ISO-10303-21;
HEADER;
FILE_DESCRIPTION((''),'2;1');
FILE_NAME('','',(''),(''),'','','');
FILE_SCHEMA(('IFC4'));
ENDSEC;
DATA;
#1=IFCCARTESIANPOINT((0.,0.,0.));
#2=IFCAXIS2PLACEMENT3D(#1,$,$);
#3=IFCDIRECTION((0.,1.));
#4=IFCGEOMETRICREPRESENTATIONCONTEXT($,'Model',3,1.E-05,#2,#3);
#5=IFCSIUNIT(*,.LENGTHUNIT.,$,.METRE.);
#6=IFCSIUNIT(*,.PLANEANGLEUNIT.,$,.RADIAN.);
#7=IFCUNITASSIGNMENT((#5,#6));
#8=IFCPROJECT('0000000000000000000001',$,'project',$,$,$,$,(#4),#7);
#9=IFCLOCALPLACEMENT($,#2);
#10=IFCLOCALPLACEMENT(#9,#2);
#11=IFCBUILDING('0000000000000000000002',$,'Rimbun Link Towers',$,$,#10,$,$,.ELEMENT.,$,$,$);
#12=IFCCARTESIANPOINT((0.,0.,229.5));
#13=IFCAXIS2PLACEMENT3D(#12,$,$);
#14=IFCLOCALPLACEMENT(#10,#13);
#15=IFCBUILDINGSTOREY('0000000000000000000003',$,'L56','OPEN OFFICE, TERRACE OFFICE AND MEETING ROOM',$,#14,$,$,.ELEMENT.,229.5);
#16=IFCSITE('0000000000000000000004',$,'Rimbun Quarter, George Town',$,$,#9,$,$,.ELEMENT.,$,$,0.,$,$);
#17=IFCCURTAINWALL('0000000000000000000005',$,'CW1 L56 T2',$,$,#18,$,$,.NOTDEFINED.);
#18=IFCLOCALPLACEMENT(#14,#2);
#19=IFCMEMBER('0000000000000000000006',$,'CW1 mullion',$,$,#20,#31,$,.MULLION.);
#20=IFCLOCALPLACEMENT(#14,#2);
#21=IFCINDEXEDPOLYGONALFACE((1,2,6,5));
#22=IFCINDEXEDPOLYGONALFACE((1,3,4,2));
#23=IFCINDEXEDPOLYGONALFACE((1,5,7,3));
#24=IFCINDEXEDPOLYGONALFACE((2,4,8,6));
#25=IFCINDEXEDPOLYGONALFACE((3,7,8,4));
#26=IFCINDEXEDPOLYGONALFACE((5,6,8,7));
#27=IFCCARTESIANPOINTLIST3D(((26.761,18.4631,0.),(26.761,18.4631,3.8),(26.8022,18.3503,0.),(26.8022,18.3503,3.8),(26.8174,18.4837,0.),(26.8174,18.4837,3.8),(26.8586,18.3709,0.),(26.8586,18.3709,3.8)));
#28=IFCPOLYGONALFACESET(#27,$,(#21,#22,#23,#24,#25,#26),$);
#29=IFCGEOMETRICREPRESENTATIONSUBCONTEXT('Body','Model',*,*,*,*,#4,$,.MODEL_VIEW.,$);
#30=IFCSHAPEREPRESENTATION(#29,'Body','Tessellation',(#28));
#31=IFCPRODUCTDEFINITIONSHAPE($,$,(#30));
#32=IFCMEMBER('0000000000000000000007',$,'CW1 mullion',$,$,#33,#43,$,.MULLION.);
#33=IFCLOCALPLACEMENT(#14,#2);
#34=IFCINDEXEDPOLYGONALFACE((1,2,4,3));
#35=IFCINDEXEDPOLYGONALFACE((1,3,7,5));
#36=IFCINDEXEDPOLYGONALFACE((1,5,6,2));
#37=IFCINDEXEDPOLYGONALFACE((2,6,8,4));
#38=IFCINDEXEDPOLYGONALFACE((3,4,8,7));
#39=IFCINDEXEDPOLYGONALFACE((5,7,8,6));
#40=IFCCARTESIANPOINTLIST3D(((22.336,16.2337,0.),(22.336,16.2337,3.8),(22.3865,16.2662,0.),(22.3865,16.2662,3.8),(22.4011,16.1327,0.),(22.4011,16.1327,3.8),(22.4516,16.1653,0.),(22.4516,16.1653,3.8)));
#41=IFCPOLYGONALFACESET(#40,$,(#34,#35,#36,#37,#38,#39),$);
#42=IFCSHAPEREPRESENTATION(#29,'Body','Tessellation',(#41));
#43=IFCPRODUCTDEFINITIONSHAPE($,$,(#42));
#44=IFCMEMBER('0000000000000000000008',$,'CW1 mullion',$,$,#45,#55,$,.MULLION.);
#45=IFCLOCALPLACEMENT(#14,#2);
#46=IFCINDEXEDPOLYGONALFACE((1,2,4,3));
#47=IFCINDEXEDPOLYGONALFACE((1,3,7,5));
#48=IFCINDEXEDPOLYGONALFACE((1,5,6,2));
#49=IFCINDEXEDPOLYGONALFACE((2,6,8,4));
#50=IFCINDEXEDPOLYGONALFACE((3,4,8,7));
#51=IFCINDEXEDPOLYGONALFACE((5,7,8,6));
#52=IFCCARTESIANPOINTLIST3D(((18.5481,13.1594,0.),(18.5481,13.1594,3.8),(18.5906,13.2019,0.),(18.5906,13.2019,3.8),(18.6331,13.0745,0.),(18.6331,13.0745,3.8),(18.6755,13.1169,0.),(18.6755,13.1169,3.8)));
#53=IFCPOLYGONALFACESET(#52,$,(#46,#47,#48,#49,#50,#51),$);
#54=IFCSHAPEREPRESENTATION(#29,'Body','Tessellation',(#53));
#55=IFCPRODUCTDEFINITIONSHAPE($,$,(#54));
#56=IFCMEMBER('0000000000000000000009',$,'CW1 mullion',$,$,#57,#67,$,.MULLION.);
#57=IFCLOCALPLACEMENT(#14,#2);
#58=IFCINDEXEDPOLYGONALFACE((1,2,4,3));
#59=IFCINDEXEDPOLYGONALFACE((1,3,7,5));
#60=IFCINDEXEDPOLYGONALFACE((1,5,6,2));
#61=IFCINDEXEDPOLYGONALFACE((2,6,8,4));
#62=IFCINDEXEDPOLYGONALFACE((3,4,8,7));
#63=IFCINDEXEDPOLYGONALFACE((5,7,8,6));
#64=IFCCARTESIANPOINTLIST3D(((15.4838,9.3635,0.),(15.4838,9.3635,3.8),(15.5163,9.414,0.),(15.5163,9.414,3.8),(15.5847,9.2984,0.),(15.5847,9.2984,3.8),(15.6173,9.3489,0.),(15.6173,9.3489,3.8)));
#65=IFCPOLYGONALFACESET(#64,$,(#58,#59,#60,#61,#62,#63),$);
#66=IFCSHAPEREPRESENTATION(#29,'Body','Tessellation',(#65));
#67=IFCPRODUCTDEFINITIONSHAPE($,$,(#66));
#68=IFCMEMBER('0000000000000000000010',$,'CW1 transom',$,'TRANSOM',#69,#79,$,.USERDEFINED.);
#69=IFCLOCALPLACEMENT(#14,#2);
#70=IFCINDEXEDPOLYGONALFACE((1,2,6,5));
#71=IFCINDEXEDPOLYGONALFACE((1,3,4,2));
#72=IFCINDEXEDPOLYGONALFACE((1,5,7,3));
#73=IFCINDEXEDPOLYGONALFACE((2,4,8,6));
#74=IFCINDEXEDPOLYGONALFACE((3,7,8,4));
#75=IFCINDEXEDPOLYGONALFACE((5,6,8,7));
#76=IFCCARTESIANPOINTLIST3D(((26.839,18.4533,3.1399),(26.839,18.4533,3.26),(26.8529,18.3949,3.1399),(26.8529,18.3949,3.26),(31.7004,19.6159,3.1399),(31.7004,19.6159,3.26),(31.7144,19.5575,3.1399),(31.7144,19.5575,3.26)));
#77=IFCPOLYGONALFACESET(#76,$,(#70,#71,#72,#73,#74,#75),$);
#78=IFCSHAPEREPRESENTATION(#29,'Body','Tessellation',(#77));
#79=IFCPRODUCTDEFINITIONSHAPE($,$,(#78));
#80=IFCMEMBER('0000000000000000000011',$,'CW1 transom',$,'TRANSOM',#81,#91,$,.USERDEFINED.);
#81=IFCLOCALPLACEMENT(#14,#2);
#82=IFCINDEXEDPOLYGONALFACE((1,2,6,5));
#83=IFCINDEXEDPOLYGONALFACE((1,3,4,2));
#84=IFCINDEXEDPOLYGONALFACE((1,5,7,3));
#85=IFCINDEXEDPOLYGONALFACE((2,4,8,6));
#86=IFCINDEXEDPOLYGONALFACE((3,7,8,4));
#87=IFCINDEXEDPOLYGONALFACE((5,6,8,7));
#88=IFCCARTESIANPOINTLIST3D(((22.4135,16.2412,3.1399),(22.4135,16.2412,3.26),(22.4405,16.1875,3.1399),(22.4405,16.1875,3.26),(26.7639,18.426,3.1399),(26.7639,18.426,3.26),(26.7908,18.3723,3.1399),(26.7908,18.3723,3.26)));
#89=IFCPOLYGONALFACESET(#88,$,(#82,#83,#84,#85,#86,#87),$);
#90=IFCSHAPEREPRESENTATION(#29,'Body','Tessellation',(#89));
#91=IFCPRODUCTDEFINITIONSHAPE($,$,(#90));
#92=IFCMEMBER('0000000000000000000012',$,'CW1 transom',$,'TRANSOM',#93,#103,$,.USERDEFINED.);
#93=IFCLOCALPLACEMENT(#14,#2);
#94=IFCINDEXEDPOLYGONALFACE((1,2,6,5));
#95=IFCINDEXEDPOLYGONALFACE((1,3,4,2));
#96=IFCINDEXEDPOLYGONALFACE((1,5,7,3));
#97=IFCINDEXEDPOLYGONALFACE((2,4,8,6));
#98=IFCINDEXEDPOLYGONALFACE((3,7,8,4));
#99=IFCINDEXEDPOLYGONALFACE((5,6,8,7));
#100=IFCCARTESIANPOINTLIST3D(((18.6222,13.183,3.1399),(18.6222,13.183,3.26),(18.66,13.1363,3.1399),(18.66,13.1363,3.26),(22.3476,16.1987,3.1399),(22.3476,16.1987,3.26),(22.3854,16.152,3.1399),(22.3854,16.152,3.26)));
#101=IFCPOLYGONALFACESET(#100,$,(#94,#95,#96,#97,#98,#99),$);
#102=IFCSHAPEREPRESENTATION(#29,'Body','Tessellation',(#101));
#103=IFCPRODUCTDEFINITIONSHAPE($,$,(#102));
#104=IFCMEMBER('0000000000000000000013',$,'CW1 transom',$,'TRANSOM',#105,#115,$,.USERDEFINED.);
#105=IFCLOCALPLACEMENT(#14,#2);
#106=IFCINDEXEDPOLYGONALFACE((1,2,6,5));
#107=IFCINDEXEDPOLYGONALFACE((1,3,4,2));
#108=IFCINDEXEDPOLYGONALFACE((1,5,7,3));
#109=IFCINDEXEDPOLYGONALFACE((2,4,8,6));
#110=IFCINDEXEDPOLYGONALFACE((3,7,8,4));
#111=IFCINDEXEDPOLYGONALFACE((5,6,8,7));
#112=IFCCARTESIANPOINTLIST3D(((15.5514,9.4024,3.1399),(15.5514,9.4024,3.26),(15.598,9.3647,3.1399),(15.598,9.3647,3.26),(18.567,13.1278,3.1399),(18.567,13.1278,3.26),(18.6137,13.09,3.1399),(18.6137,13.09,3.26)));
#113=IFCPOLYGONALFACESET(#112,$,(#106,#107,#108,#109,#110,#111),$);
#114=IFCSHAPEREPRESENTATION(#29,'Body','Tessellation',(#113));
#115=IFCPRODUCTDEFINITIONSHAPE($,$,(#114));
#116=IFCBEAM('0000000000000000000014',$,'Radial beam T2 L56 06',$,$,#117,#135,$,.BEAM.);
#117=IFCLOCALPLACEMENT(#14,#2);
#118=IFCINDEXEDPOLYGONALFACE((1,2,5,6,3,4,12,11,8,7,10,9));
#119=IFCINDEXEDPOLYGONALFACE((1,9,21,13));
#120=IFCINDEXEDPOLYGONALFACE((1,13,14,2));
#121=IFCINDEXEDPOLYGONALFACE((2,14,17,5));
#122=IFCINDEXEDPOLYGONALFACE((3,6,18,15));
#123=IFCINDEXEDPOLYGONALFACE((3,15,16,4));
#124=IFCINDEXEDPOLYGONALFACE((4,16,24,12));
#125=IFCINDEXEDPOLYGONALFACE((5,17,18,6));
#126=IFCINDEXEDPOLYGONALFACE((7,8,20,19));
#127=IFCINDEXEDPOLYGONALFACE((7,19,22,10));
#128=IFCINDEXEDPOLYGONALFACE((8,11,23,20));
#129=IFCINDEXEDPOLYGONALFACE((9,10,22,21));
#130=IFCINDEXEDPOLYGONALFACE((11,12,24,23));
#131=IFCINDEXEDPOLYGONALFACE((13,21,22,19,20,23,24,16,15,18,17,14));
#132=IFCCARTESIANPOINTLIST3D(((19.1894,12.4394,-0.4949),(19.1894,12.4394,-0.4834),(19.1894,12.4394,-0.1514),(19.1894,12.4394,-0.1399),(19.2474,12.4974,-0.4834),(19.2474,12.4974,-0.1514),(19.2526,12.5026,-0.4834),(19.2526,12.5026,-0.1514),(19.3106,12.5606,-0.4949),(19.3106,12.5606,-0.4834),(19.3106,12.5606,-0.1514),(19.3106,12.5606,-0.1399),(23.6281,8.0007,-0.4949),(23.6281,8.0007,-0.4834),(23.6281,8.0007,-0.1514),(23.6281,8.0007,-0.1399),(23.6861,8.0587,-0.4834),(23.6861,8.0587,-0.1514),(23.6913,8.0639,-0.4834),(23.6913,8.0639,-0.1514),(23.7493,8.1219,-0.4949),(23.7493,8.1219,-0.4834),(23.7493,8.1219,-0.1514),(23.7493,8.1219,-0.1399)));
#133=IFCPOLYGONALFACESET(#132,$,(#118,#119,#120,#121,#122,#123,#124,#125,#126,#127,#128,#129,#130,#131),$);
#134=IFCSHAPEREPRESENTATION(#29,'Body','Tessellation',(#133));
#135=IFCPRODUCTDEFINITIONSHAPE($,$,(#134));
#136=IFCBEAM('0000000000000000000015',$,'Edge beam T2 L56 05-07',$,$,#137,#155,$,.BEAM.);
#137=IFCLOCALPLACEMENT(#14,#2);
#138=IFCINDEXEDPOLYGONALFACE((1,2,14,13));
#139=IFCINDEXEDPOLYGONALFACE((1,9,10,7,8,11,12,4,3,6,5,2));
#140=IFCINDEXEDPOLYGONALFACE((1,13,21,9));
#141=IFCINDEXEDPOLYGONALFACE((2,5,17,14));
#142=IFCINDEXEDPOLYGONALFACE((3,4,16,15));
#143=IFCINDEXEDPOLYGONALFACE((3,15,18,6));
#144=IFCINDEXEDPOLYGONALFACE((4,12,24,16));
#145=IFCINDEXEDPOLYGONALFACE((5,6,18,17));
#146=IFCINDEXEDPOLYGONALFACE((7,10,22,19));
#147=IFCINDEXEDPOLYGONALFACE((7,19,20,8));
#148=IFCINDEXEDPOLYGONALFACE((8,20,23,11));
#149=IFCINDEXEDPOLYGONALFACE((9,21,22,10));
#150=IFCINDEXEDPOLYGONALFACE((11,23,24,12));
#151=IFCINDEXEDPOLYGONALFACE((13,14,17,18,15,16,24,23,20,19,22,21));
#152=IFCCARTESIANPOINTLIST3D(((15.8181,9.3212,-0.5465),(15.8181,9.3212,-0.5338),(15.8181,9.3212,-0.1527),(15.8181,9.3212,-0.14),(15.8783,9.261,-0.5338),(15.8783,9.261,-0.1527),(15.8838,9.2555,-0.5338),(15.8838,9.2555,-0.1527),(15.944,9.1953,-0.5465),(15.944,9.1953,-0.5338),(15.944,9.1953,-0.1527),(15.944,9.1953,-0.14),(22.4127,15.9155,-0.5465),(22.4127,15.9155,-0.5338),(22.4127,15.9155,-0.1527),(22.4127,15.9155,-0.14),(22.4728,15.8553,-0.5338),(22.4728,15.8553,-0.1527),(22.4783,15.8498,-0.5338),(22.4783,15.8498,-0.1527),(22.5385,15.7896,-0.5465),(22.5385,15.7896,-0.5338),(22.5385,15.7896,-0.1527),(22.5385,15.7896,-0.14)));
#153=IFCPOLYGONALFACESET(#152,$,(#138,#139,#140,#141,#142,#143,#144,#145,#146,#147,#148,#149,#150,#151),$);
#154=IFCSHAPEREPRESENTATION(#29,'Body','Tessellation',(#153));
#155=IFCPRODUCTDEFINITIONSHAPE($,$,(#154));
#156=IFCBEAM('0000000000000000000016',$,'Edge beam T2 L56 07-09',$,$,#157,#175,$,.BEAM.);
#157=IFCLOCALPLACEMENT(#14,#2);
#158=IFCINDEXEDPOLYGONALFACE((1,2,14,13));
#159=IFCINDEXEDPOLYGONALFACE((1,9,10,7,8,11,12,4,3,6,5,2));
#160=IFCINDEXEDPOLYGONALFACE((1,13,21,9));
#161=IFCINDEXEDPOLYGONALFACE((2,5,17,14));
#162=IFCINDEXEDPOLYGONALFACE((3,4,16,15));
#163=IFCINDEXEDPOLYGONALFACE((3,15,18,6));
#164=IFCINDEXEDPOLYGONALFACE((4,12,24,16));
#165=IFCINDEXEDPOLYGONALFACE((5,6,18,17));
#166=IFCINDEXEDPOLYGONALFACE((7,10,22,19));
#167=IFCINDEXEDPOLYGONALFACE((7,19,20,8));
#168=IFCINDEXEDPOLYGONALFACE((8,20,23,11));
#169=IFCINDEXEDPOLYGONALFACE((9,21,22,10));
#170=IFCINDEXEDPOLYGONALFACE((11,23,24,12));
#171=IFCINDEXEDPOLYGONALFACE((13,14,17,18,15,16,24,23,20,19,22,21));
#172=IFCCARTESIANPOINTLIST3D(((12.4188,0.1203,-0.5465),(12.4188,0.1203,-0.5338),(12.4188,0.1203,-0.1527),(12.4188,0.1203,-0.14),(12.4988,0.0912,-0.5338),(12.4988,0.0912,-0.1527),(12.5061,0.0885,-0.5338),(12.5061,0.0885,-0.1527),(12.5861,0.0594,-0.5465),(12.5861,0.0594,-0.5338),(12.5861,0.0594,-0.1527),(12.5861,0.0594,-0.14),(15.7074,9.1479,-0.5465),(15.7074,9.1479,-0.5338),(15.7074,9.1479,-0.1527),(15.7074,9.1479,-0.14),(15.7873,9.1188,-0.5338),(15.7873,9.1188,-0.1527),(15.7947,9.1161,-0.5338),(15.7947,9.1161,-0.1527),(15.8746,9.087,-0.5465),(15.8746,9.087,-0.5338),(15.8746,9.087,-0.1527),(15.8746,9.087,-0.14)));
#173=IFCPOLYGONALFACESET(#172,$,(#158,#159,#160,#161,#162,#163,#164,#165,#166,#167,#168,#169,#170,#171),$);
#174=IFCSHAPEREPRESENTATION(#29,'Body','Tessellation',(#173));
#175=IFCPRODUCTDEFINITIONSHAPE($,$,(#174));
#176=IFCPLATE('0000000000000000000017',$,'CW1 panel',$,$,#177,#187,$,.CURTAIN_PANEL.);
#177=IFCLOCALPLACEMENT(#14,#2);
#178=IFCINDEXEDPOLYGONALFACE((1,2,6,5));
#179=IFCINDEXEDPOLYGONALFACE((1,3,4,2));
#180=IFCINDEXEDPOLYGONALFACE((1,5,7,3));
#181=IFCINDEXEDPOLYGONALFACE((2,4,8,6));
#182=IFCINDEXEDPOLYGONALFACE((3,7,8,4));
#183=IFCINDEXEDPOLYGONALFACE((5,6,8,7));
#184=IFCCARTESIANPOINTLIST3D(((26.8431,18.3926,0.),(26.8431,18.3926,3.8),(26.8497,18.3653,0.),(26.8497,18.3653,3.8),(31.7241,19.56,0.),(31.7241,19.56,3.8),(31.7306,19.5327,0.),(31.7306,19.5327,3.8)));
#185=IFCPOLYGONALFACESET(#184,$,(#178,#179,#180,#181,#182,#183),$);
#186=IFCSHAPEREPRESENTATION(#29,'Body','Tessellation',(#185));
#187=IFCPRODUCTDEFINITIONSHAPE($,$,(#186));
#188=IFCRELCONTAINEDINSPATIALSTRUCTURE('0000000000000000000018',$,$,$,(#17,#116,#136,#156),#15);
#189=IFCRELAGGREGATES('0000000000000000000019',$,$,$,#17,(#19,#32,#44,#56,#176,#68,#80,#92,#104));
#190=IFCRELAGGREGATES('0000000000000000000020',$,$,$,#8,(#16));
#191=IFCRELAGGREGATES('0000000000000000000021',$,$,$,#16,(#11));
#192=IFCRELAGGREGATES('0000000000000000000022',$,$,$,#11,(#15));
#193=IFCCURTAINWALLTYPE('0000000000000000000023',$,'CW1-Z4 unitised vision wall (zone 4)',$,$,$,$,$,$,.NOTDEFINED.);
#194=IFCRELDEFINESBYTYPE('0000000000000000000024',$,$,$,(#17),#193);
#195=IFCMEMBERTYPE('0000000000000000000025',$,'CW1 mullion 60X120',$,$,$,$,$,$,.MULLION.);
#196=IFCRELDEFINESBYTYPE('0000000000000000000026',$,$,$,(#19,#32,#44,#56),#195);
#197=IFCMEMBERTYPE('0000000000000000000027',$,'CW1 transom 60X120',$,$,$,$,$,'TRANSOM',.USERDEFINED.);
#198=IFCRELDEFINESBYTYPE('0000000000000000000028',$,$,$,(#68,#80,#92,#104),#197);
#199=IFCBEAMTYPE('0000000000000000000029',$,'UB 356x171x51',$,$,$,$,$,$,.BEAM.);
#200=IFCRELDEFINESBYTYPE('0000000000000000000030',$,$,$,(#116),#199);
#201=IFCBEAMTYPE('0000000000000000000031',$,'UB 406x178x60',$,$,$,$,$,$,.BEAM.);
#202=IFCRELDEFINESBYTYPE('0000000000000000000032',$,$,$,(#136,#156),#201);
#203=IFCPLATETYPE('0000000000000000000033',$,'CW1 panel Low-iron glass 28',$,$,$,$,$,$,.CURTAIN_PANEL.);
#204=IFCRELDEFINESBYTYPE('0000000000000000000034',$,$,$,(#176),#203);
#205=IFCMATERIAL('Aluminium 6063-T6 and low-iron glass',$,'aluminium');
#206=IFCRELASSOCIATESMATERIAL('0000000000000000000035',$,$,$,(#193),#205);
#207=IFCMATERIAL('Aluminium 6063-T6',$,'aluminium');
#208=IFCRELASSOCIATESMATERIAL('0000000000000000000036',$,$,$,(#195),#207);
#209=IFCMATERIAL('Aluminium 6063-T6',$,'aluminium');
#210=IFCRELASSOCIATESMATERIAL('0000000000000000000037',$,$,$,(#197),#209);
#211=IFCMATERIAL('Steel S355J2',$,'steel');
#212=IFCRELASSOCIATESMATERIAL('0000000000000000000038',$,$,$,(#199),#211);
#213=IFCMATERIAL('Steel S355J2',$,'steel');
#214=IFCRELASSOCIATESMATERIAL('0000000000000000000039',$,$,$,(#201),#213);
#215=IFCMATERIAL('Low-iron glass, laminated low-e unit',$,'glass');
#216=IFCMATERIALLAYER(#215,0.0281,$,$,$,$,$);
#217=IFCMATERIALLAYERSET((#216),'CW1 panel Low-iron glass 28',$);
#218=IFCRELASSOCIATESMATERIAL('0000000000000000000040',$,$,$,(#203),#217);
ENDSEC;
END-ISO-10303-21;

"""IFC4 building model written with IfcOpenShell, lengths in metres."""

from ifc_helpers import new_model, si_unit, direction, frame, origin, origin_2d, place, context, subcontext, project, spatial, rectangle, i_section, extrude, material, layer, layer_set, material_profile, profile_set, type_object, element, aggregate, save


model = new_model("IFC4")

# Units and contexts
model_context = context("Model", 3, precision=1e-05, world=origin(), true_north=direction((0.0, 1.0)))
body_context = subcontext(model_context, "Body", "Model", "MODEL_VIEW")
ifc_project = project(units=[si_unit("LENGTHUNIT", "METRE"), si_unit("PLANEANGLEUNIT", "RADIAN")], contexts=[model_context])

# Site, building, storey
site_placement = place(None, origin())
site = spatial("IfcSite", under=ifc_project, at=site_placement, Name="Rimbun Quarter, George Town", CompositionType="ELEMENT", RefElevation=0.0)
building_placement = place(site_placement, origin())
building = spatial("IfcBuilding", under=site, at=building_placement, Name="Rimbun Link Towers", CompositionType="ELEMENT")
storey_placement = place(building_placement, frame((0.0, 0.0, 229.5)))
storey = spatial("IfcBuildingStorey", under=building, at=storey_placement, Name="L56", Description="OPEN OFFICE, TERRACE OFFICE AND MEETING ROOM", CompositionType="ELEMENT", Elevation=229.5)

# Curtain wall, members
ifc_material_1 = material(Name="Aluminium 6063-T6 and low-iron glass", Category="aluminium")
curtain_wall_type = type_object("IfcCurtainWallType", Name="CW1-Z4 unitised vision wall (zone 4)", PredefinedType="NOTDEFINED", material=ifc_material_1)
curtain_wall_placement = place(storey_placement, origin())
curtain_wall = element("IfcCurtainWall", 1, at=curtain_wall_placement, inside=storey, type_object=curtain_wall_type, Name="CW1 L56 T2", PredefinedType="NOTDEFINED")
ifc_material_2 = material(Name="Aluminium 6063-T6", Category="aluminium")
ifc_material_profile_1 = material_profile(ifc_material_2, rectangle(XDim=0.1201, YDim=0.0601, at=origin_2d()), Name="MULLION 60X120")
ifc_profile_set_1 = profile_set([ifc_material_profile_1], Name="Aluminium 6063-T6")
member_type_1 = type_object("IfcMemberType", Name="CW1 mullion 60X120", PredefinedType="MULLION", material=ifc_profile_set_1)
member_1_placement = place(storey_placement, frame((26.8098, 18.417, 0.0), z_axis=(0.0, 0.0, 1.0), x_axis=(-0.342964, 0.939348, 0.0)))
member_1 = element("IfcMember", 2, at=member_1_placement, type_object=member_type_1, Name="CW1 mullion", PredefinedType="MULLION", context=body_context, shape_type="SweptSolid", body=[
    extrude(rectangle(XDim=0.1201, YDim=0.0601, at=origin_2d()), origin(), (0.0, 0.0, 1.0), 3.8),
])
member_2_placement = place(storey_placement, frame((22.3938, 16.1995, 0.0), z_axis=(0.0, 0.0, 1.0), x_axis=(-0.542097, 0.840316, 0.0)))
member_2 = element("IfcMember", 3, at=member_2_placement, type_object=member_type_1, Name="CW1 mullion", PredefinedType="MULLION", context=body_context, shape_type="SweptSolid", body=[
    extrude(rectangle(XDim=0.1201, YDim=0.0601, at=origin_2d()), origin(), (0.0, 0.0, 1.0), 3.8),
])
member_3_placement = place(storey_placement, frame((18.6118, 13.1382, 0.0), z_axis=(0.0, 0.0, 1.0), x_axis=(-0.707107, 0.707107, 0.0)))
member_3 = element("IfcMember", 4, at=member_3_placement, type_object=member_type_1, Name="CW1 mullion", PredefinedType="MULLION", context=body_context, shape_type="SweptSolid", body=[
    extrude(rectangle(XDim=0.1201, YDim=0.0601, at=origin_2d()), origin(), (0.0, 0.0, 1.0), 3.8),
])
member_4_placement = place(storey_placement, frame((15.5505, 9.3562, 0.0), z_axis=(0.0, 0.0, 1.0), x_axis=(-0.840316, 0.542097, 0.0)))
member_4 = element("IfcMember", 5, at=member_4_placement, type_object=member_type_1, Name="CW1 mullion", PredefinedType="MULLION", context=body_context, shape_type="SweptSolid", body=[
    extrude(rectangle(XDim=0.1201, YDim=0.0601, at=origin_2d()), origin(), (0.0, 0.0, 1.0), 3.8),
])
ifc_material_3 = material(Name="Aluminium 6063-T6", Category="aluminium")
ifc_material_profile_2 = material_profile(ifc_material_3, rectangle(XDim=0.0601, YDim=0.1201, at=origin_2d()), Name="TRANSOM 60X120")
ifc_profile_set_2 = profile_set([ifc_material_profile_2], Name="Aluminium 6063-T6")
member_type_2 = type_object("IfcMemberType", Name="CW1 transom 60X120", ElementType="TRANSOM", PredefinedType="USERDEFINED", material=ifc_profile_set_2)
member_5_placement = place(storey_placement, frame((26.8459, 18.4241, 3.2), z_axis=(0.972574, 0.232593, 0.0), x_axis=(-0.232593, 0.972574, 0.0)))
member_5 = element("IfcMember", 6, at=member_5_placement, type_object=member_type_2, Name="CW1 transom", ObjectType="TRANSOM", PredefinedType="USERDEFINED", context=body_context, shape_type="SweptSolid", body=[
    extrude(rectangle(XDim=0.0601, YDim=0.1201, at=origin_2d()), origin(), (0.0, 0.0, 1.0), 4.9985),
])
member_6_placement = place(storey_placement, frame((22.427, 16.2144, 3.2), z_axis=(0.893633, 0.448798, 0.0), x_axis=(-0.448798, 0.893633, 0.0)))
member_6 = element("IfcMember", 7, at=member_6_placement, type_object=member_type_2, Name="CW1 transom", ObjectType="TRANSOM", PredefinedType="USERDEFINED", context=body_context, shape_type="SweptSolid", body=[
    extrude(rectangle(XDim=0.0601, YDim=0.1201, at=origin_2d()), origin(), (0.0, 0.0, 1.0), 4.8682),
])
member_7_placement = place(storey_placement, frame((18.6411, 13.1597, 3.2), z_axis=(0.777258, 0.629182, 0.0), x_axis=(-0.629182, 0.777258, 0.0)))
member_7 = element("IfcMember", 8, at=member_7_placement, type_object=member_type_2, Name="CW1 transom", ObjectType="TRANSOM", PredefinedType="USERDEFINED", context=body_context, shape_type="SweptSolid", body=[
    extrude(rectangle(XDim=0.0601, YDim=0.1201, at=origin_2d()), origin(), (0.0, 0.0, 1.0), 4.793),
])
member_8_placement = place(storey_placement, frame((15.5747, 9.3835, 3.2), z_axis=(0.629182, 0.777258, 0.0), x_axis=(-0.777258, 0.629182, 0.0)))
member_8 = element("IfcMember", 9, at=member_8_placement, type_object=member_type_2, Name="CW1 transom", ObjectType="TRANSOM", PredefinedType="USERDEFINED", context=body_context, shape_type="SweptSolid", body=[
    extrude(rectangle(XDim=0.0601, YDim=0.1201, at=origin_2d()), origin(), (0.0, 0.0, 1.0), 4.793),
])

# Beams
ifc_material_4 = material(Name="Steel S355J2", Category="steel")
ifc_material_profile_3 = material_profile(ifc_material_4, i_section(OverallWidth=0.1714, OverallDepth=0.355, WebThickness=0.0073, FlangeThickness=0.0115, at=origin_2d()), Name="UB 356x171x51")
ifc_profile_set_3 = profile_set([ifc_material_profile_3], Name="Steel S355J2")
beam_type_1 = type_object("IfcBeamType", Name="UB 356x171x51", PredefinedType="BEAM", material=ifc_profile_set_3)
beam_1_placement = place(storey_placement, frame((23.6887, 8.0613, -0.3174), z_axis=(-0.707107, 0.707107, 0.0), x_axis=(-0.707107, -0.707107, 0.0)))
element("IfcBeam", 10, at=beam_1_placement, inside=storey, type_object=beam_type_1, Name="Radial beam T2 L56 06", PredefinedType="BEAM", context=body_context, shape_type="SweptSolid", body=[
    extrude(i_section(OverallWidth=0.1714, OverallDepth=0.355, WebThickness=0.0073, FlangeThickness=0.0115, at=origin_2d()), origin(), (0.0, 0.0, 1.0), 6.2773),
])
ifc_material_5 = material(Name="Steel S355J2", Category="steel")
ifc_material_profile_4 = material_profile(ifc_material_5, i_section(OverallWidth=0.178, OverallDepth=0.4065, WebThickness=0.0078, FlangeThickness=0.0127, at=origin_2d()), Name="UB 406x178x60")
ifc_profile_set_4 = profile_set([ifc_material_profile_4], Name="Steel S355J2")
beam_type_2 = type_object("IfcBeamType", Name="UB 406x178x60", PredefinedType="BEAM", material=ifc_profile_set_4)
beam_2_placement = place(storey_placement, frame((22.4756, 15.8525, -0.3433), z_axis=(-0.70712, -0.707094, 0.0), x_axis=(0.707094, -0.70712, 0.0)))
element("IfcBeam", 11, at=beam_2_placement, inside=storey, type_object=beam_type_2, Name="Edge beam T2 L56 05-07", PredefinedType="BEAM", context=body_context, shape_type="SweptSolid", body=[
    extrude(i_section(OverallWidth=0.178, OverallDepth=0.4065, WebThickness=0.0078, FlangeThickness=0.0127, at=origin_2d()), origin(), (0.0, 0.0, 1.0), 9.3259),
])
beam_3_placement = place(storey_placement, frame((15.791, 9.1174, -0.3433), z_axis=(-0.342278, -0.939599, 0.0), x_axis=(0.939599, -0.342278, 0.0)))
element("IfcBeam", 12, at=beam_3_placement, inside=storey, type_object=beam_type_2, Name="Edge beam T2 L56 07-09", PredefinedType="BEAM", context=body_context, shape_type="SweptSolid", body=[
    extrude(i_section(OverallWidth=0.178, OverallDepth=0.4065, WebThickness=0.0078, FlangeThickness=0.0127, at=origin_2d()), origin(), (0.0, 0.0, 1.0), 9.6079),
])

# Plate
ifc_material_6 = material(Name="Low-iron glass, laminated low-e unit", Category="glass")
ifc_layer_1 = layer(ifc_material_6, 0.0281)
ifc_layer_set_1 = layer_set([ifc_layer_1], Name="CW1 panel Low-iron glass 28")
plate_type = type_object("IfcPlateType", Name="CW1 panel Low-iron glass 28", PredefinedType="CURTAIN_PANEL", material=ifc_layer_set_1)
plate_1_placement = place(storey_placement, frame((29.2869, 18.9626, 0.0), z_axis=(0.0, 0.0, 1.0), x_axis=(0.972572, 0.232601, 0.0)))
plate_1 = element("IfcPlate", 13, at=plate_1_placement, type_object=plate_type, Name="CW1 panel", PredefinedType="CURTAIN_PANEL", context=body_context, shape_type="SweptSolid", body=[
    extrude(rectangle(XDim=5.0186, YDim=0.0281, at=origin_2d()), origin(), (0.0, 0.0, 1.0), 3.8),
])
aggregate(curtain_wall, [member_1, member_2, member_3, member_4, plate_1, member_5, member_6, member_7, member_8])

save(model, "model.ifc")
